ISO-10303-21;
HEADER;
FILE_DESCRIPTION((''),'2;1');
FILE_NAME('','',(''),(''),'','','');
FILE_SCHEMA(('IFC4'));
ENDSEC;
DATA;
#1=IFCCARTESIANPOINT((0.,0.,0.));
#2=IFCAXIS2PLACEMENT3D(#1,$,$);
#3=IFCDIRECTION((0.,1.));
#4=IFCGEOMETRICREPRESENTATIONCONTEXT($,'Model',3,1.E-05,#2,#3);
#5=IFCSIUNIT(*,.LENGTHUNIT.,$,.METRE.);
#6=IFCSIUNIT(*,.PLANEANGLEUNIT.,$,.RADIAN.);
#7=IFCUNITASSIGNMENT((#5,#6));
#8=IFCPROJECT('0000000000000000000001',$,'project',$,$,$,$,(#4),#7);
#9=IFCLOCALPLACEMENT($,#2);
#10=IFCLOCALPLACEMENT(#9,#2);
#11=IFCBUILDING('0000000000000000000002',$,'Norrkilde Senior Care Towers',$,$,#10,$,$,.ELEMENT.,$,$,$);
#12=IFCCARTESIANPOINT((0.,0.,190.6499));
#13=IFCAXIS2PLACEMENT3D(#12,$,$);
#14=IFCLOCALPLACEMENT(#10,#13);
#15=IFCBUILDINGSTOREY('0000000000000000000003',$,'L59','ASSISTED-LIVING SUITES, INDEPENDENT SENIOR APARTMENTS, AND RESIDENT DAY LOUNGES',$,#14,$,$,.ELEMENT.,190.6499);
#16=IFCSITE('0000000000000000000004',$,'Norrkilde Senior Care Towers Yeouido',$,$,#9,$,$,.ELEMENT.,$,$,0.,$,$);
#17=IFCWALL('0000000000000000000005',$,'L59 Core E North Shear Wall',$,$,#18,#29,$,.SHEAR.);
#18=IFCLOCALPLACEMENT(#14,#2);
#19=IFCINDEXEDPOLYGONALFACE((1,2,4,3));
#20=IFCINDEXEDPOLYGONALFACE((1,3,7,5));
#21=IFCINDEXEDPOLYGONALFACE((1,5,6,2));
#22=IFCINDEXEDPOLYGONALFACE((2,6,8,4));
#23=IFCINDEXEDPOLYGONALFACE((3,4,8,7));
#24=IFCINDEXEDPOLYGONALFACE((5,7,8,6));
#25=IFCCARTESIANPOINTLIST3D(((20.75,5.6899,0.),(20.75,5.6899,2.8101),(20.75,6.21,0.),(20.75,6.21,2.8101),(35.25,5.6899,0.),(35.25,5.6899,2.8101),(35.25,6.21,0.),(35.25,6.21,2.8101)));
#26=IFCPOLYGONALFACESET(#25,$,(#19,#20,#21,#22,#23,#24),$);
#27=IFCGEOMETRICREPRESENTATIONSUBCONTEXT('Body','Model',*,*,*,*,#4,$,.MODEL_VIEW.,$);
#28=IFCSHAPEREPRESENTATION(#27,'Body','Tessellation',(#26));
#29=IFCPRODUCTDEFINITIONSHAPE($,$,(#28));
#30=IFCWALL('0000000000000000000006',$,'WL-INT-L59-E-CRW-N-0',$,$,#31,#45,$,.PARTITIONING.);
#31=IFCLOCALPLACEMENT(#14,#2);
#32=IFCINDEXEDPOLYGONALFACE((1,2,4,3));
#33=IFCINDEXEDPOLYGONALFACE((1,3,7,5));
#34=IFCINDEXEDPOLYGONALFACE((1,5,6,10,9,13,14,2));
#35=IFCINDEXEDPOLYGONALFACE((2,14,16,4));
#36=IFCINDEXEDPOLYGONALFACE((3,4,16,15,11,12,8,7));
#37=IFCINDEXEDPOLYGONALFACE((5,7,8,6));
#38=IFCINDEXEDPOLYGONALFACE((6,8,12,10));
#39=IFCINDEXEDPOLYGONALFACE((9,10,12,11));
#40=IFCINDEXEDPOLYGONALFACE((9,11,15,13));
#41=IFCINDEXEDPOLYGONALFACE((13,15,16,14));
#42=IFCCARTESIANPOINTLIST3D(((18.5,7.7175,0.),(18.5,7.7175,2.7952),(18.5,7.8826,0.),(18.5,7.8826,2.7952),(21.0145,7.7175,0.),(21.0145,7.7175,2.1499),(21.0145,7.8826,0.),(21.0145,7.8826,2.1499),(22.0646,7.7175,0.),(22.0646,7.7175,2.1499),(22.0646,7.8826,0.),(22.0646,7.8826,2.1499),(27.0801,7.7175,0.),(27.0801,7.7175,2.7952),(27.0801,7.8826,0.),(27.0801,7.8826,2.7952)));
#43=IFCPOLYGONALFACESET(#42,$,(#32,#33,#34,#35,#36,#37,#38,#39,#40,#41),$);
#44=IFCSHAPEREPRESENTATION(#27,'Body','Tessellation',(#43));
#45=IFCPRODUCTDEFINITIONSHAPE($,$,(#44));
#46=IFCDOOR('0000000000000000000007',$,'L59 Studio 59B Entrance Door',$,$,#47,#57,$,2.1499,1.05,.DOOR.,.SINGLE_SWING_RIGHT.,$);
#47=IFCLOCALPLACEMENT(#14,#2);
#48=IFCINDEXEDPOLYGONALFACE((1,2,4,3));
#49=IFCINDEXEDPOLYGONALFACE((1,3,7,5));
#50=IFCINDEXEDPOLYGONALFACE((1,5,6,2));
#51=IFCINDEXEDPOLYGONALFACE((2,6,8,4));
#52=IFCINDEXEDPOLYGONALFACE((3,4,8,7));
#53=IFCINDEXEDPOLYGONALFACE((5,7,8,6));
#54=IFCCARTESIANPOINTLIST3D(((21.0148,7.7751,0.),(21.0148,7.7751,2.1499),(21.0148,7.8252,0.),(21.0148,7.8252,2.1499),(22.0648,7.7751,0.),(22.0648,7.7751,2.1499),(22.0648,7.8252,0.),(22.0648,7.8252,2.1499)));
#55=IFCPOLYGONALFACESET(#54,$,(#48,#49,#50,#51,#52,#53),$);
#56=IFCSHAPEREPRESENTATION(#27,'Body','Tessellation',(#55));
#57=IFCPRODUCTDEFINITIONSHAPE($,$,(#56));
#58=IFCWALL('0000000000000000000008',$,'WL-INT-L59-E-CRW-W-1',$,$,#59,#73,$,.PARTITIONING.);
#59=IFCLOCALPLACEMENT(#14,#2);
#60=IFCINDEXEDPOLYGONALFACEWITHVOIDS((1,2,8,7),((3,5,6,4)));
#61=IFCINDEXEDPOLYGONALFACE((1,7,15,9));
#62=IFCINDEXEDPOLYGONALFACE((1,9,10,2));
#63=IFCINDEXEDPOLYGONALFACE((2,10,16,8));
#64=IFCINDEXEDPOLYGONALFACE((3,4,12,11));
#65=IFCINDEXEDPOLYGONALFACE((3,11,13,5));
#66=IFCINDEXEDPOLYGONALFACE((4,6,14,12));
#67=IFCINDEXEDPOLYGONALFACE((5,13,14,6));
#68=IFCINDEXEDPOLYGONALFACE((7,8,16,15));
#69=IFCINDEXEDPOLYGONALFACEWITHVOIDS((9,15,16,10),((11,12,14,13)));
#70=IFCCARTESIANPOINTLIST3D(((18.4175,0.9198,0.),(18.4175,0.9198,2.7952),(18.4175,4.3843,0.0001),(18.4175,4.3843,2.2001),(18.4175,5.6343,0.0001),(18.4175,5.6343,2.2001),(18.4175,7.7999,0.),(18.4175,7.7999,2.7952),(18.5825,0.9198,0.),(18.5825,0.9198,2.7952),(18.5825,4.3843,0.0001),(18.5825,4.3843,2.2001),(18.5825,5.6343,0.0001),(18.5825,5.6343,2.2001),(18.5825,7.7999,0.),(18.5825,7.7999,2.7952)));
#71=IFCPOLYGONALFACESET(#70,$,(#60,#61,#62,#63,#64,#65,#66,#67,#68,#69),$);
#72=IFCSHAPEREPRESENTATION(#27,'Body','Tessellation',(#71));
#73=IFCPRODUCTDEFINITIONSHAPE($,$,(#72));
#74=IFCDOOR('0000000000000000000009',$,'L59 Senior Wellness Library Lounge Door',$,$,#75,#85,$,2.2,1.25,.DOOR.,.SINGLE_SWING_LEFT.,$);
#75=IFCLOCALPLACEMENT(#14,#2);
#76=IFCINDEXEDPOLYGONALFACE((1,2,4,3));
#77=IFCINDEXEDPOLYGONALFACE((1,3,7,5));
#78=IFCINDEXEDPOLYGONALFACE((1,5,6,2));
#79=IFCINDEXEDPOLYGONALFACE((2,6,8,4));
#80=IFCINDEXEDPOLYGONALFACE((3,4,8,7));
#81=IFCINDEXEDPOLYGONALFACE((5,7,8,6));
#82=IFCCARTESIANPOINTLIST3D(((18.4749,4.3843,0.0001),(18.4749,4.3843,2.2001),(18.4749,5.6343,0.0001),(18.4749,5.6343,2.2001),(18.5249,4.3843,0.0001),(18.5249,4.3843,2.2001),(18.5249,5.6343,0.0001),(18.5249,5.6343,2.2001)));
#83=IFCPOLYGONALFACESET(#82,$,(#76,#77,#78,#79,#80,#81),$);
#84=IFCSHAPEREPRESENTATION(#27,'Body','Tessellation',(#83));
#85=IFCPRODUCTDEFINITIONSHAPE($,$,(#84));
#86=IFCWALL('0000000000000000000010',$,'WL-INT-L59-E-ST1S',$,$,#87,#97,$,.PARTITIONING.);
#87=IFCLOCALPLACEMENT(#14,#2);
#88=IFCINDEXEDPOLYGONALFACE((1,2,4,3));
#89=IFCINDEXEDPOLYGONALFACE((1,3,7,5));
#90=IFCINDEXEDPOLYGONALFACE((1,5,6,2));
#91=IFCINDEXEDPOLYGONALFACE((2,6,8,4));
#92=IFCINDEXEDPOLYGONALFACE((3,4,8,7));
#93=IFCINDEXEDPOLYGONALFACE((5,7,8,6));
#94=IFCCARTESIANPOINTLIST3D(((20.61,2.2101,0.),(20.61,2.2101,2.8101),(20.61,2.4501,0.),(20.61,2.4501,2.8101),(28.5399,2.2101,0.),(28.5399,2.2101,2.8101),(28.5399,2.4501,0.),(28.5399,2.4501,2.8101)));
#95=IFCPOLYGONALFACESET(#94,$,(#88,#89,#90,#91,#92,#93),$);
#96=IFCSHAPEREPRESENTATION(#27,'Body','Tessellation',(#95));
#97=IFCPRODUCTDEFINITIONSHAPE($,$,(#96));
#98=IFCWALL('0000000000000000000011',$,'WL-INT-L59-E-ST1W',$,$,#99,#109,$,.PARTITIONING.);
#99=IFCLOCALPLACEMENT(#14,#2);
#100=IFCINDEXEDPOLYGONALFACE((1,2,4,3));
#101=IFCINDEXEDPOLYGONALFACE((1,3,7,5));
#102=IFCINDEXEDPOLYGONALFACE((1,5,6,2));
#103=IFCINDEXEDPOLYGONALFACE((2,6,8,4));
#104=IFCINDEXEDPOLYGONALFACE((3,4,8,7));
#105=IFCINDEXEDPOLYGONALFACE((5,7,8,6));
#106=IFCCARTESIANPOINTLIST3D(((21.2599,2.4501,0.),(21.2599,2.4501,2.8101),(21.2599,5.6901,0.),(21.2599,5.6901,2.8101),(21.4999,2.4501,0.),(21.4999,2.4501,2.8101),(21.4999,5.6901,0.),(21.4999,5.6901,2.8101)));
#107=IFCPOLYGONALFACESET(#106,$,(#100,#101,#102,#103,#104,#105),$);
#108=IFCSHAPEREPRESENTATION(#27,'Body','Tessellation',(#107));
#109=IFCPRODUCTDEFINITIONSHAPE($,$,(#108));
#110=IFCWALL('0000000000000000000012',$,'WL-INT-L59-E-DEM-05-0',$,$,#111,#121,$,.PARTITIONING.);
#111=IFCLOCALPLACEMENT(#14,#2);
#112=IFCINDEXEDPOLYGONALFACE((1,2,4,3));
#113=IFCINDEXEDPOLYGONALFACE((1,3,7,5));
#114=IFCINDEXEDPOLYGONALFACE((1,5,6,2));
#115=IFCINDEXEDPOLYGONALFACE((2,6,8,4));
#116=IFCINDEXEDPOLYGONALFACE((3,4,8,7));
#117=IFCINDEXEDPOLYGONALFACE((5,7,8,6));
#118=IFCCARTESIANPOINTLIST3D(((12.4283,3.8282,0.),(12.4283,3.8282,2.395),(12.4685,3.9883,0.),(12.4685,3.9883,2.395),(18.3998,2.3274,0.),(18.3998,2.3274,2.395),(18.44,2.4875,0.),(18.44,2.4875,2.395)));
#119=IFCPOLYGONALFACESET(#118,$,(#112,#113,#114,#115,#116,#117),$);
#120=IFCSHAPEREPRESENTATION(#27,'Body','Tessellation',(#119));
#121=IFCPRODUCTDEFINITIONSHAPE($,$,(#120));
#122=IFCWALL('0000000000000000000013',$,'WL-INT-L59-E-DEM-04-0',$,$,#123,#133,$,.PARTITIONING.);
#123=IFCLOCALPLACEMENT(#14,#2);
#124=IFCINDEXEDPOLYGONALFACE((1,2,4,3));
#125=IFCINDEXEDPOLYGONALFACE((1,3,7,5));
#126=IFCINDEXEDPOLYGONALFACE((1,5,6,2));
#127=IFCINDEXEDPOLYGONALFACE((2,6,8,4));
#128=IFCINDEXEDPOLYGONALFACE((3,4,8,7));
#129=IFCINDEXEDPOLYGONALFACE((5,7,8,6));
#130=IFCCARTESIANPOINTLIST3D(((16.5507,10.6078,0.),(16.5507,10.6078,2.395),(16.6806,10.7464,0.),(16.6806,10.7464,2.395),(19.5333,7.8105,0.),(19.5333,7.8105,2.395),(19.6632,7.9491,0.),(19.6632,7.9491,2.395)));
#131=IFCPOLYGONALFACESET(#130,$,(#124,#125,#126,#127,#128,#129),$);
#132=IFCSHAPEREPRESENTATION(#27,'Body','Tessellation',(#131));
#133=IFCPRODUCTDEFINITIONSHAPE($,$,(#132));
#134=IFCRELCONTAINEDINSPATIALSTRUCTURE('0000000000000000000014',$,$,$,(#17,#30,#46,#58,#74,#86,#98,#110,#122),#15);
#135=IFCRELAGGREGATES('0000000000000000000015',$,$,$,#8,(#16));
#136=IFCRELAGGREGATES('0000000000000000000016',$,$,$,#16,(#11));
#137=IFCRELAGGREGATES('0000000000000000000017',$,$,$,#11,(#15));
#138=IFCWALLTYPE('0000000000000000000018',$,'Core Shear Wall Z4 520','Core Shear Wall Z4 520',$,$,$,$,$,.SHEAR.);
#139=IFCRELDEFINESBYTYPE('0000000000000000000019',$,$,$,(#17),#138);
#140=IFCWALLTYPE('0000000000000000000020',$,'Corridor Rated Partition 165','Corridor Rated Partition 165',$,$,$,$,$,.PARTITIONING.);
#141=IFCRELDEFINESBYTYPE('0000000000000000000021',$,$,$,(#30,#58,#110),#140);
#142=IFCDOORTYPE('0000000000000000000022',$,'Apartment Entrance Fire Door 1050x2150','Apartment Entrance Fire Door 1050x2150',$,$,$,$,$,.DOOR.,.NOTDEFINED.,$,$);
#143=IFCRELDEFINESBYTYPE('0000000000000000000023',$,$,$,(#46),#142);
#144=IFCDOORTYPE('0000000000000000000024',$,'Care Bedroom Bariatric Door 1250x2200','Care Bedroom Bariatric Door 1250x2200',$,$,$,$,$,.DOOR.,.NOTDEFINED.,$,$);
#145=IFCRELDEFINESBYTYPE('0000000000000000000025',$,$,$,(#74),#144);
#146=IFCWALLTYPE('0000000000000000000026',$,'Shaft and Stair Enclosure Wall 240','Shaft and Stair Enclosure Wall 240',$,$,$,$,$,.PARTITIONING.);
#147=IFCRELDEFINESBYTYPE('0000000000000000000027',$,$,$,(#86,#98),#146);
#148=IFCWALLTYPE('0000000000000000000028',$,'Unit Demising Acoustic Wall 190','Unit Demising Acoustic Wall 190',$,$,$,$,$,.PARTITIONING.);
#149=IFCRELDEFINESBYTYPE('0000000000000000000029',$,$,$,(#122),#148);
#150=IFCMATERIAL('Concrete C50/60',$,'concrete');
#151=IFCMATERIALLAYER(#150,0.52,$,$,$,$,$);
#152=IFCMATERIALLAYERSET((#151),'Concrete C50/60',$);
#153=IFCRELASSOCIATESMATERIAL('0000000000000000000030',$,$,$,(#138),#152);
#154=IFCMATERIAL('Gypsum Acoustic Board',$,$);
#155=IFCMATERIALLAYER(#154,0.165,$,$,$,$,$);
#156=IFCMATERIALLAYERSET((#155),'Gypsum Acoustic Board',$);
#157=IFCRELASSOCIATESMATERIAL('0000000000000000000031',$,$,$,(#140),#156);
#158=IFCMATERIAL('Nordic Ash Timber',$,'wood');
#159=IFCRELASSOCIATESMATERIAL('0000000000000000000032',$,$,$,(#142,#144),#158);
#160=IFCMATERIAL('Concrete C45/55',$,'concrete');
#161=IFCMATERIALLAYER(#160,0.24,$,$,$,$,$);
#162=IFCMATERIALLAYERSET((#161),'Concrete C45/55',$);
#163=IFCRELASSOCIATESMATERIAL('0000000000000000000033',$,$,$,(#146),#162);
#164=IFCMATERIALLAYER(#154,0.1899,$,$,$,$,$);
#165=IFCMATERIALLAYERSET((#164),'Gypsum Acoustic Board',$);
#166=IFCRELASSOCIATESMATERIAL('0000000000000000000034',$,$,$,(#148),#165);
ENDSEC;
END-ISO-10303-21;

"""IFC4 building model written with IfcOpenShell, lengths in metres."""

from ifc_helpers import new_model, si_unit, direction, frame, frame_2d, origin, place, context, subcontext, project, spatial, rectangle, extrude, source, transform, mapped, material, layer, layer_set, type_object, type_shapes, element, fill, save


model = new_model("IFC4")

# Units and contexts
model_context = context("Model", 3, precision=1e-05, world=origin(), true_north=direction((0.0, 1.0)))
body_context = subcontext(model_context, "Body", "Model", "MODEL_VIEW")
ifc_project = project(units=[si_unit("LENGTHUNIT", "METRE"), si_unit("PLANEANGLEUNIT", "RADIAN")], contexts=[model_context])

# Site, building, storey
site_placement = place(None, origin())
site = spatial("IfcSite", under=ifc_project, at=site_placement, Name="Norrkilde Senior Care Towers Yeouido", CompositionType="ELEMENT", RefElevation=0.0)
building_placement = place(site_placement, origin())
building = spatial("IfcBuilding", under=site, at=building_placement, Name="Norrkilde Senior Care Towers", CompositionType="ELEMENT")
storey_placement = place(building_placement, frame((0.0, 0.0, 190.6499)))
storey = spatial("IfcBuildingStorey", under=building, at=storey_placement, Name="L59", Description="ASSISTED-LIVING SUITES, INDEPENDENT SENIOR APARTMENTS, AND RESIDENT DAY LOUNGES", CompositionType="ELEMENT", Elevation=190.6499)

# Shared definitions
ifc_material_1 = material(Name="Concrete C50/60", Category="concrete")

# Wall
ifc_layer_1 = layer(ifc_material_1, 0.52)
ifc_layer_set_1 = layer_set([ifc_layer_1], Name="Concrete C50/60")
wall_type_1 = type_object("IfcWallType", Name="Core Shear Wall Z4 520", Description="Core Shear Wall Z4 520", PredefinedType="SHEAR", material=ifc_layer_set_1)
shared_shape_1 = source(origin(), body_context, "Body", "SweptSolid", [
    extrude(rectangle(XDim=14.5, YDim=0.52, at=frame_2d((7.25, 0.0))), origin(), (0.0, 0.0, 1.0), 2.8101),
])
type_shapes(wall_type_1, [shared_shape_1])
wall_1_placement = place(storey_placement, frame((20.75, 5.95, 0.0), z_axis=(0.0, 0.0, 1.0), x_axis=(1.0, 0.0, 0.0)))
element("IfcWall", 1, at=wall_1_placement, inside=storey, type_object=wall_type_1, Name="L59 Core E North Shear Wall", PredefinedType="SHEAR", context=body_context, shape_type="MappedRepresentation", body=[
    mapped(shared_shape_1, transform((0.0, 0.0, 0.0), x_axis=(1.0, 0.0, 0.0), y_axis=(0.0, 1.0, 0.0), z_axis=(0.0, 0.0, 1.0), scale=1.0)),
])

# Walls, openings, doors
ifc_material_2 = material(Name="Gypsum Acoustic Board")
ifc_layer_2 = layer(ifc_material_2, 0.165)
ifc_layer_set_2 = layer_set([ifc_layer_2], Name="Gypsum Acoustic Board")
wall_type_2 = type_object("IfcWallType", Name="Corridor Rated Partition 165", Description="Corridor Rated Partition 165", PredefinedType="PARTITIONING", material=ifc_layer_set_2)
shared_shape_2 = source(origin(), body_context, "Body", "SweptSolid", [
    extrude(rectangle(XDim=8.5801, YDim=0.165, at=frame_2d((4.29, 0.0))), origin(), (0.0, 0.0, 1.0), 2.7952),
])
wall_2_placement = place(storey_placement, frame((18.5, 7.8, 0.0), z_axis=(0.0, 0.0, 1.0), x_axis=(1.0, 0.0, 0.0)))
wall_2 = element("IfcWall", 2, at=wall_2_placement, inside=storey, type_object=wall_type_2, Name="WL-INT-L59-E-CRW-N-0", PredefinedType="PARTITIONING", context=body_context, shape_type="MappedRepresentation", body=[
    mapped(shared_shape_2, transform((0.0, 0.0, 0.0), x_axis=(1.0, 0.0, 0.0), y_axis=(0.0, 1.0, 0.0), z_axis=(0.0, 0.0, 1.0), scale=1.0)),
])
opening_1_placement = place(wall_2_placement, frame((2.5146, 0.0, 0.0)))
opening_1 = element("IfcOpeningElement", 3, at=opening_1_placement, cuts=wall_2, PredefinedType="OPENING", context=body_context, shape_type="SweptSolid", body=[
    extrude(rectangle(XDim=1.05, YDim=2.1499, at=frame_2d((0.5249, 1.075))), frame((0.0, 0.0925, 0.0), z_axis=(0.0, -1.0, 0.0), x_axis=(1.0, 0.0, 0.0)), (0.0, 0.0, 1.0), 0.1851),
])
ifc_material_3 = material(Name="Nordic Ash Timber", Category="wood")
door_type_1 = type_object("IfcDoorType", Name="Apartment Entrance Fire Door 1050x2150", Description="Apartment Entrance Fire Door 1050x2150", OperationType="NOTDEFINED", PredefinedType="DOOR", material=ifc_material_3)
shared_shape_3 = source(origin(), body_context, "Body", "SweptSolid", [
    extrude(rectangle(XDim=1.05, YDim=2.1499, at=frame_2d((0.5249, 1.075))), frame((0.0, 0.0249, 0.0), z_axis=(0.0, -1.0, 0.0), x_axis=(1.0, 0.0, 0.0)), (0.0, 0.0, 1.0), 0.05),
])
type_shapes(door_type_1, [shared_shape_3])
door_1_placement = place(opening_1_placement, frame((1.05, 0.0, 0.0), z_axis=(0.0, 0.0, 1.0), x_axis=(-1.0, 0.0, 0.0)))
door_1 = element("IfcDoor", 4, at=door_1_placement, inside=storey, type_object=door_type_1, Name="L59 Studio 59B Entrance Door", OperationType="SINGLE_SWING_RIGHT", OverallHeight=2.1499, OverallWidth=1.05, PredefinedType="DOOR", context=body_context, shape_type="MappedRepresentation", body=[
    mapped(shared_shape_3, transform((0.0, 0.0, 0.0), x_axis=(1.0, 0.0, 0.0), y_axis=(0.0, 1.0, 0.0), z_axis=(0.0, 0.0, 1.0), scale=1.0)),
])
fill(opening_1, door_1)
shared_shape_4 = source(origin(), body_context, "Body", "SweptSolid", [
    extrude(rectangle(XDim=6.8801, YDim=0.165, at=frame_2d((3.4399, 0.0))), origin(), (0.0, 0.0, 1.0), 2.7952),
])
wall_3_placement = place(storey_placement, frame((18.5, 0.9199, 0.0), z_axis=(0.0, 0.0, 1.0), x_axis=(0.0, 1.0, 0.0)))
wall_3 = element("IfcWall", 5, at=wall_3_placement, inside=storey, type_object=wall_type_2, Name="WL-INT-L59-E-CRW-W-1", PredefinedType="PARTITIONING", context=body_context, shape_type="MappedRepresentation", body=[
    mapped(shared_shape_4, transform((0.0, 0.0, 0.0), x_axis=(1.0, 0.0, 0.0), y_axis=(0.0, 1.0, 0.0), z_axis=(0.0, 0.0, 1.0), scale=1.0)),
])
opening_2_placement = place(wall_3_placement, frame((3.4644, 0.0, 0.0)))
opening_2 = element("IfcOpeningElement", 6, at=opening_2_placement, cuts=wall_3, PredefinedType="OPENING", context=body_context, shape_type="SweptSolid", body=[
    extrude(rectangle(XDim=1.25, YDim=2.2, at=frame_2d((0.625, 1.1001))), frame((0.0, 0.0925, 0.0), z_axis=(0.0, -1.0, 0.0), x_axis=(1.0, 0.0, 0.0)), (0.0, 0.0, 1.0), 0.1851),
])
door_type_2 = type_object("IfcDoorType", Name="Care Bedroom Bariatric Door 1250x2200", Description="Care Bedroom Bariatric Door 1250x2200", OperationType="NOTDEFINED", PredefinedType="DOOR", material=ifc_material_3)
shared_shape_5 = source(origin(), body_context, "Body", "SweptSolid", [
    extrude(rectangle(XDim=1.25, YDim=2.2, at=frame_2d((0.625, 1.1001))), frame((0.0, 0.0249, 0.0), z_axis=(0.0, -1.0, 0.0), x_axis=(1.0, 0.0, 0.0)), (0.0, 0.0, 1.0), 0.05),
])
type_shapes(door_type_2, [shared_shape_5])
door_2_placement = place(opening_2_placement, frame((1.25, 0.0, 0.0), z_axis=(0.0, 0.0, 1.0), x_axis=(-1.0, 0.0, 0.0)))
door_2 = element("IfcDoor", 7, at=door_2_placement, inside=storey, type_object=door_type_2, Name="L59 Senior Wellness Library Lounge Door", OperationType="SINGLE_SWING_LEFT", OverallHeight=2.2, OverallWidth=1.25, PredefinedType="DOOR", context=body_context, shape_type="MappedRepresentation", body=[
    mapped(shared_shape_5, transform((0.0, 0.0, 0.0), x_axis=(1.0, 0.0, 0.0), y_axis=(0.0, 1.0, 0.0), z_axis=(0.0, 0.0, 1.0), scale=1.0)),
])
fill(opening_2, door_2)

# Walls
ifc_material_4 = material(Name="Concrete C45/55", Category="concrete")
ifc_layer_3 = layer(ifc_material_4, 0.24)
ifc_layer_set_3 = layer_set([ifc_layer_3], Name="Concrete C45/55")
wall_type_3 = type_object("IfcWallType", Name="Shaft and Stair Enclosure Wall 240", Description="Shaft and Stair Enclosure Wall 240", PredefinedType="PARTITIONING", material=ifc_layer_set_3)
shared_shape_6 = source(origin(), body_context, "Body", "SweptSolid", [
    extrude(rectangle(XDim=7.9299, YDim=0.24, at=frame_2d((3.9648, 0.0))), origin(), (0.0, 0.0, 1.0), 2.8101),
])
wall_4_placement = place(storey_placement, frame((20.6101, 2.3301, 0.0), z_axis=(0.0, 0.0, 1.0), x_axis=(1.0, 0.0, 0.0)))
element("IfcWall", 8, at=wall_4_placement, inside=storey, type_object=wall_type_3, Name="WL-INT-L59-E-ST1S", PredefinedType="PARTITIONING", context=body_context, shape_type="MappedRepresentation", body=[
    mapped(shared_shape_6, transform((0.0, 0.0, 0.0), x_axis=(1.0, 0.0, 0.0), y_axis=(0.0, 1.0, 0.0), z_axis=(0.0, 0.0, 1.0), scale=1.0)),
])
shared_shape_7 = source(origin(), body_context, "Body", "SweptSolid", [
    extrude(rectangle(XDim=3.24, YDim=0.24, at=frame_2d((1.6201, 0.0))), origin(), (0.0, 0.0, 1.0), 2.8101),
])
type_shapes(wall_type_3, [shared_shape_6, shared_shape_7])
wall_5_placement = place(storey_placement, frame((21.3799, 2.45, 0.0), z_axis=(0.0, 0.0, 1.0), x_axis=(0.0, 1.0, 0.0)))
element("IfcWall", 9, at=wall_5_placement, inside=storey, type_object=wall_type_3, Name="WL-INT-L59-E-ST1W", PredefinedType="PARTITIONING", context=body_context, shape_type="MappedRepresentation", body=[
    mapped(shared_shape_7, transform((0.0, 0.0, 0.0), x_axis=(1.0, 0.0, 0.0), y_axis=(0.0, 1.0, 0.0), z_axis=(0.0, 0.0, 1.0), scale=1.0)),
])
shared_shape_8 = source(origin(), body_context, "Body", "SweptSolid", [
    extrude(rectangle(XDim=6.1572, YDim=0.165, at=frame_2d((3.0786, 0.0))), origin(), (0.0, 0.0, 1.0), 2.395),
])
type_shapes(wall_type_2, [shared_shape_2, shared_shape_4, shared_shape_8])
wall_6_placement = place(storey_placement, frame((18.4199, 2.4075, 0.0), z_axis=(0.0, 0.0, 1.0), x_axis=(-0.969841, 0.243739, 0.0)))
element("IfcWall", 10, at=wall_6_placement, inside=storey, type_object=wall_type_2, Name="WL-INT-L59-E-DEM-05-0", PredefinedType="PARTITIONING", context=body_context, shape_type="MappedRepresentation", body=[
    mapped(shared_shape_8, transform((0.0, 0.0, 0.0), x_axis=(1.0, 0.0, 0.0), y_axis=(0.0, 1.0, 0.0), z_axis=(0.0, 0.0, 1.0), scale=1.0)),
])
ifc_layer_4 = layer(ifc_material_2, 0.1899)
ifc_layer_set_4 = layer_set([ifc_layer_4], Name="Gypsum Acoustic Board")
wall_type_4 = type_object("IfcWallType", Name="Unit Demising Acoustic Wall 190", Description="Unit Demising Acoustic Wall 190", PredefinedType="PARTITIONING", material=ifc_layer_set_4)
shared_shape_9 = source(origin(), body_context, "Body", "SweptSolid", [
    extrude(rectangle(XDim=4.0891, YDim=0.1899, at=frame_2d((2.0444, 0.0))), origin(), (0.0, 0.0, 1.0), 2.395),
])
type_shapes(wall_type_4, [shared_shape_9])
wall_7_placement = place(storey_placement, frame((19.5981, 7.8799, 0.0), z_axis=(0.0, 0.0, 1.0), x_axis=(-0.729401, 0.684086, 0.0)))
element("IfcWall", 11, at=wall_7_placement, inside=storey, type_object=wall_type_4, Name="WL-INT-L59-E-DEM-04-0", PredefinedType="PARTITIONING", context=body_context, shape_type="MappedRepresentation", body=[
    mapped(shared_shape_9, transform((0.0, 0.0, 0.0), x_axis=(1.0, 0.0, 0.0), y_axis=(0.0, 1.0, 0.0), z_axis=(0.0, 0.0, 1.0), scale=1.0)),
])

save(model, "model.ifc")
